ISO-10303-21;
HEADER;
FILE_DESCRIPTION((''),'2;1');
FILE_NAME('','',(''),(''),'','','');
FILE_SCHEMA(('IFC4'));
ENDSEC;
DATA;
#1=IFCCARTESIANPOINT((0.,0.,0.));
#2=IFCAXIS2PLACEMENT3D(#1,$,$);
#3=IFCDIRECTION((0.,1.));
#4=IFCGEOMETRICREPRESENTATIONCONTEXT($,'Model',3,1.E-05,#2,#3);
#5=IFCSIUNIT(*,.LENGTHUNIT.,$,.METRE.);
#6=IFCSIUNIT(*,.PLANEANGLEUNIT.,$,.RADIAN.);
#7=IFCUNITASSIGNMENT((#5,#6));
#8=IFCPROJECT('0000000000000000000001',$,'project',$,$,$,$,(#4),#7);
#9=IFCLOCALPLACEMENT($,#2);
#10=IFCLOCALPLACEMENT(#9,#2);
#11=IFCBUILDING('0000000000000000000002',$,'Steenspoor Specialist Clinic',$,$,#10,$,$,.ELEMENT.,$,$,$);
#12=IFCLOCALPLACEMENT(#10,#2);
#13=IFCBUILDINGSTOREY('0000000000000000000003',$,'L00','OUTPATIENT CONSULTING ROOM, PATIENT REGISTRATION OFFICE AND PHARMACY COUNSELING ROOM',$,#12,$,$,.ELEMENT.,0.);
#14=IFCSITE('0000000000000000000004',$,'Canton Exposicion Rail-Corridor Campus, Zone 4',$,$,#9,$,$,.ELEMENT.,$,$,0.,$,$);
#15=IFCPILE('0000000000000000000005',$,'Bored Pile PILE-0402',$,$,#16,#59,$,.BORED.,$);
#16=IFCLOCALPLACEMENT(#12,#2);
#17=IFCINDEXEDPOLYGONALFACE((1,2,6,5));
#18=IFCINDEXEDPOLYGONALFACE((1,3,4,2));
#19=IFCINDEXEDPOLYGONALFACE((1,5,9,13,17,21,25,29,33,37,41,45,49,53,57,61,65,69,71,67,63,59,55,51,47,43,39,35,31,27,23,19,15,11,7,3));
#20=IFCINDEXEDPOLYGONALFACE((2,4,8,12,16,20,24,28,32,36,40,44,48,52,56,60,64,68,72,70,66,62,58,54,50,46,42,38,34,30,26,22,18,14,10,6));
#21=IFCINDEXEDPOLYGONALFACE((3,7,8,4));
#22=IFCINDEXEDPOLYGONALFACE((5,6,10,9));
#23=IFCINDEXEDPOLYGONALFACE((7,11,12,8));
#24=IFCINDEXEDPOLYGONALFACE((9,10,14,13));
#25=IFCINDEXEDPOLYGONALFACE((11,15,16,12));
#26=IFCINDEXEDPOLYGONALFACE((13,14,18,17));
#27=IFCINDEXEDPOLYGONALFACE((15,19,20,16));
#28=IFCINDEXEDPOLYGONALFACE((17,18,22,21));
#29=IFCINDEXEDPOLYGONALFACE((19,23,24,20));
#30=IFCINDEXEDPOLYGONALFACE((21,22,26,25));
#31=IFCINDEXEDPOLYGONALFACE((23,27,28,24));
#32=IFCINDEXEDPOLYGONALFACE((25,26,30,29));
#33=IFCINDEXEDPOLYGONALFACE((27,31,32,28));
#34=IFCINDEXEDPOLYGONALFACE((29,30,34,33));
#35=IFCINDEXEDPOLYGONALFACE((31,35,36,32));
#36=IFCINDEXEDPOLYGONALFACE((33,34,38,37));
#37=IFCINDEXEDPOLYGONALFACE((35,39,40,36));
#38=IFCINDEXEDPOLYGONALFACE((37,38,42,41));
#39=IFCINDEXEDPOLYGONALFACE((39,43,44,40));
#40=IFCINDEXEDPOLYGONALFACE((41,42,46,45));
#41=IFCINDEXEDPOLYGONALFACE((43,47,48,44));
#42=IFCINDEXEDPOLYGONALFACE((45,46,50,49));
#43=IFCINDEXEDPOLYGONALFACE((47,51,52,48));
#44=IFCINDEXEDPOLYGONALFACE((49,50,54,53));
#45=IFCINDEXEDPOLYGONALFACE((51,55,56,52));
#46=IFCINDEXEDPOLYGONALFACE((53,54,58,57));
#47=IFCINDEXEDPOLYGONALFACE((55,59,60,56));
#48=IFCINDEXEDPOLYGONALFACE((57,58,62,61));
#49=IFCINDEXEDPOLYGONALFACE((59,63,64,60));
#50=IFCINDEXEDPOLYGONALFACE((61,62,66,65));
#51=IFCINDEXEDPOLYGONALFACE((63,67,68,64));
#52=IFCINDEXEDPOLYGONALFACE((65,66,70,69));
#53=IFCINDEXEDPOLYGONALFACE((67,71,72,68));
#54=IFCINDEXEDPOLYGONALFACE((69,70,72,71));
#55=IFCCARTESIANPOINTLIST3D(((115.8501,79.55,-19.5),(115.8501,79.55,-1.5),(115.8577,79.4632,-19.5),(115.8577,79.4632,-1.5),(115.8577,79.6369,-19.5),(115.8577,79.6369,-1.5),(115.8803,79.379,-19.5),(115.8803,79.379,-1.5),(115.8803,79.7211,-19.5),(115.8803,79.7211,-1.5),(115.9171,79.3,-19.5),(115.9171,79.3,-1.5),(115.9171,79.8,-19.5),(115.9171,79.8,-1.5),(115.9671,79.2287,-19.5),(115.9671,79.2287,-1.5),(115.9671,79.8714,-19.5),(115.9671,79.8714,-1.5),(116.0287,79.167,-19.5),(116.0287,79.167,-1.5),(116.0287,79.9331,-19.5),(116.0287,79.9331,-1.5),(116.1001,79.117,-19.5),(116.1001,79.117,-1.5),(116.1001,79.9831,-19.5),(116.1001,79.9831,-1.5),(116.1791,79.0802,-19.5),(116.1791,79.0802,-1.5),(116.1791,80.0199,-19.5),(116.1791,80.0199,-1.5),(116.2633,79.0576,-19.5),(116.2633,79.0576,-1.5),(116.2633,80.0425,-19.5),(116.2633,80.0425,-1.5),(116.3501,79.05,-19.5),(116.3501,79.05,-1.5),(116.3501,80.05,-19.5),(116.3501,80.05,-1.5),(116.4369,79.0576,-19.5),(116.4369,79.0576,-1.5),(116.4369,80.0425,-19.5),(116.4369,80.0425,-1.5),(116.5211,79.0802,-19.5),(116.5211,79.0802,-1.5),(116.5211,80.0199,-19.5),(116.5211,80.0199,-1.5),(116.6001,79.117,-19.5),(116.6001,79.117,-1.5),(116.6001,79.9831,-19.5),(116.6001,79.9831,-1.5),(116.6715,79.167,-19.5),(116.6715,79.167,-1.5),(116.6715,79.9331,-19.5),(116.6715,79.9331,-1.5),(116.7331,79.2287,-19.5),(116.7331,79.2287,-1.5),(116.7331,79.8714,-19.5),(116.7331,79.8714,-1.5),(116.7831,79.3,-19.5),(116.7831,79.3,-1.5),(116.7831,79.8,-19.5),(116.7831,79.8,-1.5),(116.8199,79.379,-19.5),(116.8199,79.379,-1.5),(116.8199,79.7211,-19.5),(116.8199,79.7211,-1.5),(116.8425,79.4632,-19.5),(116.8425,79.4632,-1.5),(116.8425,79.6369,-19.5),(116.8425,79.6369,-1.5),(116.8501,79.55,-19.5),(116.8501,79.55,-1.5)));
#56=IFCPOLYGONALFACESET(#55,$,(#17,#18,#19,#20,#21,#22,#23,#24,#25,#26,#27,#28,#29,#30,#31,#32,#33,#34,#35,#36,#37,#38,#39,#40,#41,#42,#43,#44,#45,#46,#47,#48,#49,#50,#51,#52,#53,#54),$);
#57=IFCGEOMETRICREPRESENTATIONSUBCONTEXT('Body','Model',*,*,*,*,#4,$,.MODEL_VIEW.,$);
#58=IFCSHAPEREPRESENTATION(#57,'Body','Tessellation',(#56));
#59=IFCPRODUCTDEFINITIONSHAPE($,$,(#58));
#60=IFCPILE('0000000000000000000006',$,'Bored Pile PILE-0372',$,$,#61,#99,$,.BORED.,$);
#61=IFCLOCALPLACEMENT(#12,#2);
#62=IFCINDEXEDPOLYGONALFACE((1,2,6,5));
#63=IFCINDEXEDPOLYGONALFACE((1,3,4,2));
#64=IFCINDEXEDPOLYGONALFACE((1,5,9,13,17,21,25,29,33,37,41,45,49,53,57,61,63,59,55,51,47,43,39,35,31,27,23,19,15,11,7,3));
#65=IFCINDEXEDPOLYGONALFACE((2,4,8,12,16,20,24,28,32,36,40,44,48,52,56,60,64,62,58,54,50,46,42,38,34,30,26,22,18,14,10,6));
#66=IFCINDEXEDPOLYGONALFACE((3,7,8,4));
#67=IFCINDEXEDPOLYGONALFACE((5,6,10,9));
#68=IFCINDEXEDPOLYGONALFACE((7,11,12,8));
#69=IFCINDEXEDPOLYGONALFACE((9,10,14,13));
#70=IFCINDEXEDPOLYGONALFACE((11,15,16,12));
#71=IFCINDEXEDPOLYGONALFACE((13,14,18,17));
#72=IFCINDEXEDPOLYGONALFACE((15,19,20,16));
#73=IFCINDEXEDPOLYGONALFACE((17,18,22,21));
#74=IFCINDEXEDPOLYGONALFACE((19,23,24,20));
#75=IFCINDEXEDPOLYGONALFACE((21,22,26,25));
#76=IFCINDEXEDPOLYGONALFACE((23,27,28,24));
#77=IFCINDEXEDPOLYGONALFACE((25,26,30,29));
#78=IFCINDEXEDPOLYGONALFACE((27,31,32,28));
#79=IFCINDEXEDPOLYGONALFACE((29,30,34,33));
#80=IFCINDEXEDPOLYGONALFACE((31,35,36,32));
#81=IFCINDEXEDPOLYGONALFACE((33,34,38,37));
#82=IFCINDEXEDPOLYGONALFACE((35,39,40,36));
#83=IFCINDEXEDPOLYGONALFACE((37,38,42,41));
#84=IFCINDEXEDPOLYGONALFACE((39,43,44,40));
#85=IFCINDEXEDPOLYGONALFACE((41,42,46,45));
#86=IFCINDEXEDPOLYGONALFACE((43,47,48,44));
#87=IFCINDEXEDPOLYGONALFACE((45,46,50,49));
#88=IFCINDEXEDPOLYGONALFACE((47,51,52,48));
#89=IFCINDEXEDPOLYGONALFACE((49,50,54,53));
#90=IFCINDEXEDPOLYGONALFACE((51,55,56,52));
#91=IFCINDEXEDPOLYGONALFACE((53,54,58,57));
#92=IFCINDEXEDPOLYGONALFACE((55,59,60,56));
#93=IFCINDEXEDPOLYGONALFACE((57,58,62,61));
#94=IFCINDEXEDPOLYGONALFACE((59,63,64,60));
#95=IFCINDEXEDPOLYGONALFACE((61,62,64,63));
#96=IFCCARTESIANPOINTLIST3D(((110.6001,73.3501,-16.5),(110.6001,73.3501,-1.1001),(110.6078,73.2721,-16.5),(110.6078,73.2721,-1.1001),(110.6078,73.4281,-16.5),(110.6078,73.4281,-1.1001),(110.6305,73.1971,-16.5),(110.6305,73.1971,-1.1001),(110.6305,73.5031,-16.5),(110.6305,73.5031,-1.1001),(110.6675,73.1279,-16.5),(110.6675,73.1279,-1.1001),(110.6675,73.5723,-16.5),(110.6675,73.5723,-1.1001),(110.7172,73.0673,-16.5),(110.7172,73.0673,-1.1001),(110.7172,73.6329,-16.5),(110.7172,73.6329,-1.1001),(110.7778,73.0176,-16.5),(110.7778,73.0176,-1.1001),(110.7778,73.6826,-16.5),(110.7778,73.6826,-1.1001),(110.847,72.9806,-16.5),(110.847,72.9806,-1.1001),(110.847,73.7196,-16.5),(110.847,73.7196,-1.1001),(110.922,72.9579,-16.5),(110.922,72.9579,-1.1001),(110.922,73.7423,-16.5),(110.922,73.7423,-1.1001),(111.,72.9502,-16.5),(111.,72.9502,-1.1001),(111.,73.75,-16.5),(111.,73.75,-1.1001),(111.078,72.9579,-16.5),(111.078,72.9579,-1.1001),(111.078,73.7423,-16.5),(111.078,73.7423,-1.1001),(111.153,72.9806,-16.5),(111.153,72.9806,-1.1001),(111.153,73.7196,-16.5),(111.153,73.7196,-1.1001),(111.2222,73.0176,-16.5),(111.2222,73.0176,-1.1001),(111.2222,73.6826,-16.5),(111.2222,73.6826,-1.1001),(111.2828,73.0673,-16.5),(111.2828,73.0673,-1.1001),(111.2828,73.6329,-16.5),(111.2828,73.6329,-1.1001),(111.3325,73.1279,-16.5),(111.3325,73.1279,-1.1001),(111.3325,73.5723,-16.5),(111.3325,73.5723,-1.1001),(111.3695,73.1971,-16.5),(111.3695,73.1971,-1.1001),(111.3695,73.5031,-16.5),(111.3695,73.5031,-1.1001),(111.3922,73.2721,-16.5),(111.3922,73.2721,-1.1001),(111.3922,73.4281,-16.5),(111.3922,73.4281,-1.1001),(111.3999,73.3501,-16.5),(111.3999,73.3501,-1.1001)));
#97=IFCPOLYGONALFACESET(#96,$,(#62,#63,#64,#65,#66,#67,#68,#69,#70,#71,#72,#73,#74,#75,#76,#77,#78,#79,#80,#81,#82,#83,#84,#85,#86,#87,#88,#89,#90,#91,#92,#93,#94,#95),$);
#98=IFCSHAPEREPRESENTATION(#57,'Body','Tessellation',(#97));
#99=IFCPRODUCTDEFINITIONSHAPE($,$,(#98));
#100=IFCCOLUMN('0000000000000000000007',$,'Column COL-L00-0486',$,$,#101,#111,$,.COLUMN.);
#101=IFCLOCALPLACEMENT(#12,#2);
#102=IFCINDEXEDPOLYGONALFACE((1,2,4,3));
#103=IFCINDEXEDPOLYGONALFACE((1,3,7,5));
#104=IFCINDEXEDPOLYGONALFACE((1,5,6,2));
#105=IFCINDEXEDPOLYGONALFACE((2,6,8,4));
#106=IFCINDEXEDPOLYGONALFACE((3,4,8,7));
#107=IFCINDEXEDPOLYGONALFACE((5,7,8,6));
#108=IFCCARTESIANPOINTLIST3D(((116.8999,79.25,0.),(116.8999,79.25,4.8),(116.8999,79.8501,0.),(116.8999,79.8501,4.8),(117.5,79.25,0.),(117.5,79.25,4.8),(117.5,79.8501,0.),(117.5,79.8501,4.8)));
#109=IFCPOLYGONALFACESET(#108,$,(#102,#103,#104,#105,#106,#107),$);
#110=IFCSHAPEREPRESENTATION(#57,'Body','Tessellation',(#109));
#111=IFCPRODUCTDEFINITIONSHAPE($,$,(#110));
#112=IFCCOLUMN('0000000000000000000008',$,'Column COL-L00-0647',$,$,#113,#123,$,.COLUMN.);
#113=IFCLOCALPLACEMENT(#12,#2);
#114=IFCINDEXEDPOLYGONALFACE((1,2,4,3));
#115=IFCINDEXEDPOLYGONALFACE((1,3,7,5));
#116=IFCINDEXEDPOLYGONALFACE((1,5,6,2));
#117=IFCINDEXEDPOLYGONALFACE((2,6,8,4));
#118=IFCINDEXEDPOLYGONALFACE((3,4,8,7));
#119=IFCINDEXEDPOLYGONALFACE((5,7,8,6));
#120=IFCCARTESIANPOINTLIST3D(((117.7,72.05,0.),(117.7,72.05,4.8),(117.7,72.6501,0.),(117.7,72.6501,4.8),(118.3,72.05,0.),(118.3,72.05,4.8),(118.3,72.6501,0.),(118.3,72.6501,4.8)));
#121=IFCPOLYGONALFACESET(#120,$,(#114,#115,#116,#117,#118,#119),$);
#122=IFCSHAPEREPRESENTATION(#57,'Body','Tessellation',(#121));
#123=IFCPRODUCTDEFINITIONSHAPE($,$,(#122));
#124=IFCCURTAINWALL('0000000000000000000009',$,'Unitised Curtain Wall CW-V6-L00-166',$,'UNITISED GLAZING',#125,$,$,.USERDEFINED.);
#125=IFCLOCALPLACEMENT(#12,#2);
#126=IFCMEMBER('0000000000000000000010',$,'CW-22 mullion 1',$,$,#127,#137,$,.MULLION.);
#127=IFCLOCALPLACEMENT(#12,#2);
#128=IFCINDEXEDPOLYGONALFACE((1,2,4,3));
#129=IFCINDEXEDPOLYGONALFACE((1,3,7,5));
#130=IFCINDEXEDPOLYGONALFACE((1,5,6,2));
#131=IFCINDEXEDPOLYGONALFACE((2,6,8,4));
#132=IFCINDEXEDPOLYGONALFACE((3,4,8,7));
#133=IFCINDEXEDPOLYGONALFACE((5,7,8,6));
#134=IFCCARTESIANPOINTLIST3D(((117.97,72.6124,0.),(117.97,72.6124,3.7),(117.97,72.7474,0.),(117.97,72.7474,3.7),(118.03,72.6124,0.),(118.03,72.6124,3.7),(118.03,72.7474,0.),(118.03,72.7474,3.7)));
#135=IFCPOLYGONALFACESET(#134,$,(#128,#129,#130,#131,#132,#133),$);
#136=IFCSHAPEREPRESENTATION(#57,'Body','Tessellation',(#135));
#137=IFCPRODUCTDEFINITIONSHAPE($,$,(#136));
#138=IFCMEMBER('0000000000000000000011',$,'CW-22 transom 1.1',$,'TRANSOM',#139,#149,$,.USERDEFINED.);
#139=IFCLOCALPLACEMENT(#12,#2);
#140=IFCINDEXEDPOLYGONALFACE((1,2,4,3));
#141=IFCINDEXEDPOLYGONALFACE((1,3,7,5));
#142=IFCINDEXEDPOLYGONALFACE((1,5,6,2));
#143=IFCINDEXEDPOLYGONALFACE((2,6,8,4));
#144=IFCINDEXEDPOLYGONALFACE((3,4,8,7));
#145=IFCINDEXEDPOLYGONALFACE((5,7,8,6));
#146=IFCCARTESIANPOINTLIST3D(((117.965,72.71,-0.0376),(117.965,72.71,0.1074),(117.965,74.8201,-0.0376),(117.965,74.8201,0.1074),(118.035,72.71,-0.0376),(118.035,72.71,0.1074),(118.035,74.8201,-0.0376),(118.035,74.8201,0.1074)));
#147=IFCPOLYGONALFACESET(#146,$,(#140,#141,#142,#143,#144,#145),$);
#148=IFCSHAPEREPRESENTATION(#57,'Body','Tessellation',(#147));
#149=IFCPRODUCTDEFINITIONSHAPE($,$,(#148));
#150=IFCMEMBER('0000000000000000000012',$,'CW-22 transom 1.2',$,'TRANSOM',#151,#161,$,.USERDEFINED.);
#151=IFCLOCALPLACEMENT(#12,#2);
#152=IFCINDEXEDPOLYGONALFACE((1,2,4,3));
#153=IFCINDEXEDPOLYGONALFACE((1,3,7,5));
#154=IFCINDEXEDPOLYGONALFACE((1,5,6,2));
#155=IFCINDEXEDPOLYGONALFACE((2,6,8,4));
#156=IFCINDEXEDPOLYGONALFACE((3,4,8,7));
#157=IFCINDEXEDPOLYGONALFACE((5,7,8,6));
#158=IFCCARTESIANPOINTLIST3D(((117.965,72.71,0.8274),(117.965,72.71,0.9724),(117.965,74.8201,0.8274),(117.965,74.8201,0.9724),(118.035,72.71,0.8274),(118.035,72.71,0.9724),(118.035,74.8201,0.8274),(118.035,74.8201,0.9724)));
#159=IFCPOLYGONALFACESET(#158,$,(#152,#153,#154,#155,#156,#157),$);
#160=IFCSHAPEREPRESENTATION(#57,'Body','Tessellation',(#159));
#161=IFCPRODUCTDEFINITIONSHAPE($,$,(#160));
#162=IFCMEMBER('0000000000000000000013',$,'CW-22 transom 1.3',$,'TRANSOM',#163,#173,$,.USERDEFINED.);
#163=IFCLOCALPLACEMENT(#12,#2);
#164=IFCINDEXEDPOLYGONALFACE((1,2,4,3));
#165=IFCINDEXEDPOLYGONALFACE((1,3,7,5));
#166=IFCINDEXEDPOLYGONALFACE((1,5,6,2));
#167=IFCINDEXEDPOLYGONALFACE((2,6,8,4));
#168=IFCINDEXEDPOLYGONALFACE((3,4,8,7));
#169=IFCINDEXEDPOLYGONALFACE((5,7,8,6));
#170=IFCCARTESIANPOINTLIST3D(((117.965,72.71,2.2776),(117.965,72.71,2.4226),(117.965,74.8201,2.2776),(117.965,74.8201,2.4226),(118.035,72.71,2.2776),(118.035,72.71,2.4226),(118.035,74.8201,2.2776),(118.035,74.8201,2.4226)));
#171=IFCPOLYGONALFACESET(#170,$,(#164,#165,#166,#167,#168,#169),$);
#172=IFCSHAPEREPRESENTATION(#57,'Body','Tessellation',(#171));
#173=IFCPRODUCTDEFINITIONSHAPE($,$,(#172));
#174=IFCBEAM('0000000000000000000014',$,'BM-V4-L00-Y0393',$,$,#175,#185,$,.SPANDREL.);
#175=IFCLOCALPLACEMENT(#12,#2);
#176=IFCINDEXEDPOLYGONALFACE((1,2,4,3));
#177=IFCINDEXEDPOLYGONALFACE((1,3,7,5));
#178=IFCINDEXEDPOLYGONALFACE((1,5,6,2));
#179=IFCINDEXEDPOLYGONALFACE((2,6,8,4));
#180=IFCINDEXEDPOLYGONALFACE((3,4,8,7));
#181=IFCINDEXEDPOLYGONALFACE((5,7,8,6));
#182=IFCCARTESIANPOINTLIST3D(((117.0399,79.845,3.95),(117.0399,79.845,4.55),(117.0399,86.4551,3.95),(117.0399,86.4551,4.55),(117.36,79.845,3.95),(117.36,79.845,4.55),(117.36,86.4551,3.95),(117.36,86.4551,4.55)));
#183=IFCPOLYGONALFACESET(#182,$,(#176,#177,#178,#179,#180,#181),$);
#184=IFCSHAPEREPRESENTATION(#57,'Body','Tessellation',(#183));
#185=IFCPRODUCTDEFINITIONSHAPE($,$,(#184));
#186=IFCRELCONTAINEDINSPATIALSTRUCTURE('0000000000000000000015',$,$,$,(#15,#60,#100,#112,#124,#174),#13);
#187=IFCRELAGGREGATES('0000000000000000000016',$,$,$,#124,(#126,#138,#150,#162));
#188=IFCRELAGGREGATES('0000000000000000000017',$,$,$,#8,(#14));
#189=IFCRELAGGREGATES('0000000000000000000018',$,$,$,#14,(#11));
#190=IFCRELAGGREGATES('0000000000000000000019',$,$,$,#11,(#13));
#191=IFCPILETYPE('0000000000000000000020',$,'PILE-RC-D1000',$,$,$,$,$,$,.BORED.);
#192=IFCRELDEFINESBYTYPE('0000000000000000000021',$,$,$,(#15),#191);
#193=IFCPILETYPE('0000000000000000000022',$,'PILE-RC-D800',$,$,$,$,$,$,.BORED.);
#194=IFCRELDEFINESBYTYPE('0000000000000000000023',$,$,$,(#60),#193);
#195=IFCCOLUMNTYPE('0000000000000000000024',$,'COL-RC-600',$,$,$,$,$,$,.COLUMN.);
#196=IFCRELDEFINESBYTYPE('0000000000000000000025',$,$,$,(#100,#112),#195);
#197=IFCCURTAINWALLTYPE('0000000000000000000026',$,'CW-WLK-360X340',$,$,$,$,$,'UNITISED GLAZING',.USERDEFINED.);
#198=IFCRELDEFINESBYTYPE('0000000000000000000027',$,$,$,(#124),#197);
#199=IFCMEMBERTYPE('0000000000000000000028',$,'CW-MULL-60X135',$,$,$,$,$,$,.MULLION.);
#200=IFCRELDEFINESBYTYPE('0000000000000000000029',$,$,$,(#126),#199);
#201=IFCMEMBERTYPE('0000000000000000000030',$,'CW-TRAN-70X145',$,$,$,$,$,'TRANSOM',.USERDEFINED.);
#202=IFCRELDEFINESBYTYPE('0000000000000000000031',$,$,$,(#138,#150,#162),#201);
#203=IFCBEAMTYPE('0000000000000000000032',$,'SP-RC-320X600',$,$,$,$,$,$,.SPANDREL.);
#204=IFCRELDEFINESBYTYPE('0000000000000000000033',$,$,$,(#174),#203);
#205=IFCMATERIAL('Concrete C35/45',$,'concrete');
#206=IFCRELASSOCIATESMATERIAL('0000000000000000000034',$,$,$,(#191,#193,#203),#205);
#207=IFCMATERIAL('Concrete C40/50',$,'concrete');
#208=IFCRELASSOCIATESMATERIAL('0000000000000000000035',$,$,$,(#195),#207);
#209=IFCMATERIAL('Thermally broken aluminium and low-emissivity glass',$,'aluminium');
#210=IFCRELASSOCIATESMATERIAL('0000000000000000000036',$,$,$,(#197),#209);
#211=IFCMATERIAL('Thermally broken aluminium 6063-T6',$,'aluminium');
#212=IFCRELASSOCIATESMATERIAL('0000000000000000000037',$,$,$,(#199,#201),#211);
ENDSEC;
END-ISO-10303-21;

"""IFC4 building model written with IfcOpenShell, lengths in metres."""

from ifc_helpers import new_model, si_unit, direction, frame, origin, origin_2d, place, context, subcontext, project, spatial, rectangle, circle, extrude, material, material_profile, profile_set, type_object, element, aggregate, save


model = new_model("IFC4")

# Units and contexts
model_context = context("Model", 3, precision=1e-05, world=origin(), true_north=direction((0.0, 1.0)))
body_context = subcontext(model_context, "Body", "Model", "MODEL_VIEW")
ifc_project = project(units=[si_unit("LENGTHUNIT", "METRE"), si_unit("PLANEANGLEUNIT", "RADIAN")], contexts=[model_context])

# Site, building, storey
site_placement = place(None, origin())
site = spatial("IfcSite", under=ifc_project, at=site_placement, Name="Canton Exposicion Rail-Corridor Campus, Zone 4", CompositionType="ELEMENT", RefElevation=0.0)
building_placement = place(site_placement, origin())
building = spatial("IfcBuilding", under=site, at=building_placement, Name="Steenspoor Specialist Clinic", CompositionType="ELEMENT")
storey_placement = place(building_placement, origin())
storey = spatial("IfcBuildingStorey", under=building, at=storey_placement, Name="L00", Description="OUTPATIENT CONSULTING ROOM, PATIENT REGISTRATION OFFICE AND PHARMACY COUNSELING ROOM", CompositionType="ELEMENT", Elevation=0.0)

# Shared definitions
ifc_material_1 = material(Name="Concrete C35/45", Category="concrete")

# Piles
ifc_material_profile_1 = material_profile(ifc_material_1, circle(Radius=0.5, at=origin_2d()), Name="PILE-D1000")
ifc_profile_set_1 = profile_set([ifc_material_profile_1], Name="Concrete C35/45")
pile_type_1 = type_object("IfcPileType", Name="PILE-RC-D1000", PredefinedType="BORED", material=ifc_profile_set_1)
for number, where, z_axis, x_axis, name in (
    (1, (116.3501, 79.55, -1.5), (0.0, 0.0, -1.0), (1.0, 0.0, 0.0), "Bored Pile PILE-0402"),
):
    element("IfcPile", number, at=place(storey_placement, frame(where, z_axis=z_axis, x_axis=x_axis)), inside=storey, type_object=pile_type_1, Name=name, PredefinedType="BORED", context=body_context, shape_type="SweptSolid", body=[
        extrude(circle(Radius=0.5, at=origin_2d()), origin(), (0.0, 0.0, 1.0), 18.0),
    ])
ifc_material_profile_2 = material_profile(ifc_material_1, circle(Radius=0.3999, at=origin_2d()), Name="PILE-D800")
ifc_profile_set_2 = profile_set([ifc_material_profile_2], Name="Concrete C35/45")
pile_type_2 = type_object("IfcPileType", Name="PILE-RC-D800", PredefinedType="BORED", material=ifc_profile_set_2)
pile_1_placement = place(storey_placement, frame((111.0, 73.3501, -1.1001), z_axis=(0.0, 0.0, -1.0), x_axis=(1.0, 0.0, 0.0)))
element("IfcPile", 2, at=pile_1_placement, inside=storey, type_object=pile_type_2, Name="Bored Pile PILE-0372", PredefinedType="BORED", context=body_context, shape_type="SweptSolid", body=[
    extrude(circle(Radius=0.3999, at=origin_2d()), origin(), (0.0, 0.0, 1.0), 15.3999),
])

# Columns
ifc_material_2 = material(Name="Concrete C40/50", Category="concrete")
ifc_material_profile_3 = material_profile(ifc_material_2, rectangle(XDim=0.6001, YDim=0.6001, at=origin_2d()), Name="RC-COL-600X600")
ifc_profile_set_3 = profile_set([ifc_material_profile_3], Name="Concrete C40/50")
column_type = type_object("IfcColumnType", Name="COL-RC-600", PredefinedType="COLUMN", material=ifc_profile_set_3)
for number, where, z_axis, x_axis, name in (
    (3, (117.2, 79.55, 0.0), (0.0, 0.0, 1.0), (1.0, 0.0, 0.0), "Column COL-L00-0486"),
    (4, (118.0, 72.3501, 0.0), (0.0, 0.0, 1.0), (1.0, 0.0, 0.0), "Column COL-L00-0647"),
):
    element("IfcColumn", number, at=place(storey_placement, frame(where, z_axis=z_axis, x_axis=x_axis)), inside=storey, type_object=column_type, Name=name, PredefinedType="COLUMN", context=body_context, shape_type="SweptSolid", body=[
        extrude(rectangle(XDim=0.6001, YDim=0.6001, at=origin_2d()), origin(), (0.0, 0.0, 1.0), 4.8),
    ])

# Curtain wall, members
ifc_material_3 = material(Name="Thermally broken aluminium and low-emissivity glass", Category="aluminium")
curtain_wall_type = type_object("IfcCurtainWallType", Name="CW-WLK-360X340", ElementType="UNITISED GLAZING", PredefinedType="USERDEFINED", material=ifc_material_3)
curtain_wall_placement = place(storey_placement, origin())
curtain_wall = element("IfcCurtainWall", 5, at=curtain_wall_placement, inside=storey, type_object=curtain_wall_type, Name="Unitised Curtain Wall CW-V6-L00-166", ObjectType="UNITISED GLAZING", PredefinedType="USERDEFINED")
ifc_material_4 = material(Name="Thermally broken aluminium 6063-T6", Category="aluminium")
ifc_material_profile_4 = material_profile(ifc_material_4, rectangle(XDim=0.0601, YDim=0.135, at=origin_2d()), Name="CWM-60X135")
ifc_profile_set_4 = profile_set([ifc_material_profile_4], Name="Thermally broken aluminium 6063-T6")
member_type_1 = type_object("IfcMemberType", Name="CW-MULL-60X135", PredefinedType="MULLION", material=ifc_profile_set_4)
member_1_placement = place(storey_placement, frame((118.0, 72.6799, 0.0), z_axis=(0.0, 0.0, 1.0), x_axis=(-1.0, 0.0, 0.0)))
member_1 = element("IfcMember", 6, at=member_1_placement, type_object=member_type_1, Name="CW-22 mullion 1", PredefinedType="MULLION", context=body_context, shape_type="SweptSolid", body=[
    extrude(rectangle(XDim=0.0601, YDim=0.135, at=origin_2d()), origin(), (0.0, 0.0, 1.0), 3.7),
])
ifc_material_profile_5 = material_profile(ifc_material_4, rectangle(XDim=0.0701, YDim=0.145, at=origin_2d()), Name="CWT-70X145")
ifc_profile_set_5 = profile_set([ifc_material_profile_5], Name="Thermally broken aluminium 6063-T6")
member_type_2 = type_object("IfcMemberType", Name="CW-TRAN-70X145", ElementType="TRANSOM", PredefinedType="USERDEFINED", material=ifc_profile_set_5)
member_2_placement = place(storey_placement, frame((118.0, 72.71, 0.0349), z_axis=(0.0, 1.0, 0.0), x_axis=(-1.0, 0.0, 0.0)))
member_2 = element("IfcMember", 7, at=member_2_placement, type_object=member_type_2, Name="CW-22 transom 1.1", ObjectType="TRANSOM", PredefinedType="USERDEFINED", context=body_context, shape_type="SweptSolid", body=[
    extrude(rectangle(XDim=0.0701, YDim=0.145, at=origin_2d()), origin(), (0.0, 0.0, 1.0), 2.1101),
])
member_3_placement = place(storey_placement, frame((118.0, 72.71, 0.8999), z_axis=(0.0, 1.0, 0.0), x_axis=(-1.0, 0.0, 0.0)))
member_3 = element("IfcMember", 8, at=member_3_placement, type_object=member_type_2, Name="CW-22 transom 1.2", ObjectType="TRANSOM", PredefinedType="USERDEFINED", context=body_context, shape_type="SweptSolid", body=[
    extrude(rectangle(XDim=0.0701, YDim=0.145, at=origin_2d()), origin(), (0.0, 0.0, 1.0), 2.1101),
])
member_4_placement = place(storey_placement, frame((118.0, 72.71, 2.3501), z_axis=(0.0, 1.0, 0.0), x_axis=(-1.0, 0.0, 0.0)))
member_4 = element("IfcMember", 9, at=member_4_placement, type_object=member_type_2, Name="CW-22 transom 1.3", ObjectType="TRANSOM", PredefinedType="USERDEFINED", context=body_context, shape_type="SweptSolid", body=[
    extrude(rectangle(XDim=0.0701, YDim=0.145, at=origin_2d()), origin(), (0.0, 0.0, 1.0), 2.1101),
])
aggregate(curtain_wall, [member_1, member_2, member_3, member_4])

# Beam
ifc_material_profile_6 = material_profile(ifc_material_1, rectangle(XDim=0.3201, YDim=0.6001, at=origin_2d()), Name="RC-SP-320X600")
ifc_profile_set_6 = profile_set([ifc_material_profile_6], Name="Concrete C35/45")
beam_type_1 = type_object("IfcBeamType", Name="SP-RC-320X600", PredefinedType="SPANDREL", material=ifc_profile_set_6)
beam_1_placement = place(storey_placement, frame((117.2, 79.845, 4.25), z_axis=(0.0, 1.0, 0.0), x_axis=(-1.0, 0.0, 0.0)))
element("IfcBeam", 10, at=beam_1_placement, inside=storey, type_object=beam_type_1, Name="BM-V4-L00-Y0393", PredefinedType="SPANDREL", context=body_context, shape_type="SweptSolid", body=[
    extrude(rectangle(XDim=0.3201, YDim=0.6001, at=origin_2d()), origin(), (0.0, 0.0, 1.0), 6.6101),
])

save(model, "model.ifc")
